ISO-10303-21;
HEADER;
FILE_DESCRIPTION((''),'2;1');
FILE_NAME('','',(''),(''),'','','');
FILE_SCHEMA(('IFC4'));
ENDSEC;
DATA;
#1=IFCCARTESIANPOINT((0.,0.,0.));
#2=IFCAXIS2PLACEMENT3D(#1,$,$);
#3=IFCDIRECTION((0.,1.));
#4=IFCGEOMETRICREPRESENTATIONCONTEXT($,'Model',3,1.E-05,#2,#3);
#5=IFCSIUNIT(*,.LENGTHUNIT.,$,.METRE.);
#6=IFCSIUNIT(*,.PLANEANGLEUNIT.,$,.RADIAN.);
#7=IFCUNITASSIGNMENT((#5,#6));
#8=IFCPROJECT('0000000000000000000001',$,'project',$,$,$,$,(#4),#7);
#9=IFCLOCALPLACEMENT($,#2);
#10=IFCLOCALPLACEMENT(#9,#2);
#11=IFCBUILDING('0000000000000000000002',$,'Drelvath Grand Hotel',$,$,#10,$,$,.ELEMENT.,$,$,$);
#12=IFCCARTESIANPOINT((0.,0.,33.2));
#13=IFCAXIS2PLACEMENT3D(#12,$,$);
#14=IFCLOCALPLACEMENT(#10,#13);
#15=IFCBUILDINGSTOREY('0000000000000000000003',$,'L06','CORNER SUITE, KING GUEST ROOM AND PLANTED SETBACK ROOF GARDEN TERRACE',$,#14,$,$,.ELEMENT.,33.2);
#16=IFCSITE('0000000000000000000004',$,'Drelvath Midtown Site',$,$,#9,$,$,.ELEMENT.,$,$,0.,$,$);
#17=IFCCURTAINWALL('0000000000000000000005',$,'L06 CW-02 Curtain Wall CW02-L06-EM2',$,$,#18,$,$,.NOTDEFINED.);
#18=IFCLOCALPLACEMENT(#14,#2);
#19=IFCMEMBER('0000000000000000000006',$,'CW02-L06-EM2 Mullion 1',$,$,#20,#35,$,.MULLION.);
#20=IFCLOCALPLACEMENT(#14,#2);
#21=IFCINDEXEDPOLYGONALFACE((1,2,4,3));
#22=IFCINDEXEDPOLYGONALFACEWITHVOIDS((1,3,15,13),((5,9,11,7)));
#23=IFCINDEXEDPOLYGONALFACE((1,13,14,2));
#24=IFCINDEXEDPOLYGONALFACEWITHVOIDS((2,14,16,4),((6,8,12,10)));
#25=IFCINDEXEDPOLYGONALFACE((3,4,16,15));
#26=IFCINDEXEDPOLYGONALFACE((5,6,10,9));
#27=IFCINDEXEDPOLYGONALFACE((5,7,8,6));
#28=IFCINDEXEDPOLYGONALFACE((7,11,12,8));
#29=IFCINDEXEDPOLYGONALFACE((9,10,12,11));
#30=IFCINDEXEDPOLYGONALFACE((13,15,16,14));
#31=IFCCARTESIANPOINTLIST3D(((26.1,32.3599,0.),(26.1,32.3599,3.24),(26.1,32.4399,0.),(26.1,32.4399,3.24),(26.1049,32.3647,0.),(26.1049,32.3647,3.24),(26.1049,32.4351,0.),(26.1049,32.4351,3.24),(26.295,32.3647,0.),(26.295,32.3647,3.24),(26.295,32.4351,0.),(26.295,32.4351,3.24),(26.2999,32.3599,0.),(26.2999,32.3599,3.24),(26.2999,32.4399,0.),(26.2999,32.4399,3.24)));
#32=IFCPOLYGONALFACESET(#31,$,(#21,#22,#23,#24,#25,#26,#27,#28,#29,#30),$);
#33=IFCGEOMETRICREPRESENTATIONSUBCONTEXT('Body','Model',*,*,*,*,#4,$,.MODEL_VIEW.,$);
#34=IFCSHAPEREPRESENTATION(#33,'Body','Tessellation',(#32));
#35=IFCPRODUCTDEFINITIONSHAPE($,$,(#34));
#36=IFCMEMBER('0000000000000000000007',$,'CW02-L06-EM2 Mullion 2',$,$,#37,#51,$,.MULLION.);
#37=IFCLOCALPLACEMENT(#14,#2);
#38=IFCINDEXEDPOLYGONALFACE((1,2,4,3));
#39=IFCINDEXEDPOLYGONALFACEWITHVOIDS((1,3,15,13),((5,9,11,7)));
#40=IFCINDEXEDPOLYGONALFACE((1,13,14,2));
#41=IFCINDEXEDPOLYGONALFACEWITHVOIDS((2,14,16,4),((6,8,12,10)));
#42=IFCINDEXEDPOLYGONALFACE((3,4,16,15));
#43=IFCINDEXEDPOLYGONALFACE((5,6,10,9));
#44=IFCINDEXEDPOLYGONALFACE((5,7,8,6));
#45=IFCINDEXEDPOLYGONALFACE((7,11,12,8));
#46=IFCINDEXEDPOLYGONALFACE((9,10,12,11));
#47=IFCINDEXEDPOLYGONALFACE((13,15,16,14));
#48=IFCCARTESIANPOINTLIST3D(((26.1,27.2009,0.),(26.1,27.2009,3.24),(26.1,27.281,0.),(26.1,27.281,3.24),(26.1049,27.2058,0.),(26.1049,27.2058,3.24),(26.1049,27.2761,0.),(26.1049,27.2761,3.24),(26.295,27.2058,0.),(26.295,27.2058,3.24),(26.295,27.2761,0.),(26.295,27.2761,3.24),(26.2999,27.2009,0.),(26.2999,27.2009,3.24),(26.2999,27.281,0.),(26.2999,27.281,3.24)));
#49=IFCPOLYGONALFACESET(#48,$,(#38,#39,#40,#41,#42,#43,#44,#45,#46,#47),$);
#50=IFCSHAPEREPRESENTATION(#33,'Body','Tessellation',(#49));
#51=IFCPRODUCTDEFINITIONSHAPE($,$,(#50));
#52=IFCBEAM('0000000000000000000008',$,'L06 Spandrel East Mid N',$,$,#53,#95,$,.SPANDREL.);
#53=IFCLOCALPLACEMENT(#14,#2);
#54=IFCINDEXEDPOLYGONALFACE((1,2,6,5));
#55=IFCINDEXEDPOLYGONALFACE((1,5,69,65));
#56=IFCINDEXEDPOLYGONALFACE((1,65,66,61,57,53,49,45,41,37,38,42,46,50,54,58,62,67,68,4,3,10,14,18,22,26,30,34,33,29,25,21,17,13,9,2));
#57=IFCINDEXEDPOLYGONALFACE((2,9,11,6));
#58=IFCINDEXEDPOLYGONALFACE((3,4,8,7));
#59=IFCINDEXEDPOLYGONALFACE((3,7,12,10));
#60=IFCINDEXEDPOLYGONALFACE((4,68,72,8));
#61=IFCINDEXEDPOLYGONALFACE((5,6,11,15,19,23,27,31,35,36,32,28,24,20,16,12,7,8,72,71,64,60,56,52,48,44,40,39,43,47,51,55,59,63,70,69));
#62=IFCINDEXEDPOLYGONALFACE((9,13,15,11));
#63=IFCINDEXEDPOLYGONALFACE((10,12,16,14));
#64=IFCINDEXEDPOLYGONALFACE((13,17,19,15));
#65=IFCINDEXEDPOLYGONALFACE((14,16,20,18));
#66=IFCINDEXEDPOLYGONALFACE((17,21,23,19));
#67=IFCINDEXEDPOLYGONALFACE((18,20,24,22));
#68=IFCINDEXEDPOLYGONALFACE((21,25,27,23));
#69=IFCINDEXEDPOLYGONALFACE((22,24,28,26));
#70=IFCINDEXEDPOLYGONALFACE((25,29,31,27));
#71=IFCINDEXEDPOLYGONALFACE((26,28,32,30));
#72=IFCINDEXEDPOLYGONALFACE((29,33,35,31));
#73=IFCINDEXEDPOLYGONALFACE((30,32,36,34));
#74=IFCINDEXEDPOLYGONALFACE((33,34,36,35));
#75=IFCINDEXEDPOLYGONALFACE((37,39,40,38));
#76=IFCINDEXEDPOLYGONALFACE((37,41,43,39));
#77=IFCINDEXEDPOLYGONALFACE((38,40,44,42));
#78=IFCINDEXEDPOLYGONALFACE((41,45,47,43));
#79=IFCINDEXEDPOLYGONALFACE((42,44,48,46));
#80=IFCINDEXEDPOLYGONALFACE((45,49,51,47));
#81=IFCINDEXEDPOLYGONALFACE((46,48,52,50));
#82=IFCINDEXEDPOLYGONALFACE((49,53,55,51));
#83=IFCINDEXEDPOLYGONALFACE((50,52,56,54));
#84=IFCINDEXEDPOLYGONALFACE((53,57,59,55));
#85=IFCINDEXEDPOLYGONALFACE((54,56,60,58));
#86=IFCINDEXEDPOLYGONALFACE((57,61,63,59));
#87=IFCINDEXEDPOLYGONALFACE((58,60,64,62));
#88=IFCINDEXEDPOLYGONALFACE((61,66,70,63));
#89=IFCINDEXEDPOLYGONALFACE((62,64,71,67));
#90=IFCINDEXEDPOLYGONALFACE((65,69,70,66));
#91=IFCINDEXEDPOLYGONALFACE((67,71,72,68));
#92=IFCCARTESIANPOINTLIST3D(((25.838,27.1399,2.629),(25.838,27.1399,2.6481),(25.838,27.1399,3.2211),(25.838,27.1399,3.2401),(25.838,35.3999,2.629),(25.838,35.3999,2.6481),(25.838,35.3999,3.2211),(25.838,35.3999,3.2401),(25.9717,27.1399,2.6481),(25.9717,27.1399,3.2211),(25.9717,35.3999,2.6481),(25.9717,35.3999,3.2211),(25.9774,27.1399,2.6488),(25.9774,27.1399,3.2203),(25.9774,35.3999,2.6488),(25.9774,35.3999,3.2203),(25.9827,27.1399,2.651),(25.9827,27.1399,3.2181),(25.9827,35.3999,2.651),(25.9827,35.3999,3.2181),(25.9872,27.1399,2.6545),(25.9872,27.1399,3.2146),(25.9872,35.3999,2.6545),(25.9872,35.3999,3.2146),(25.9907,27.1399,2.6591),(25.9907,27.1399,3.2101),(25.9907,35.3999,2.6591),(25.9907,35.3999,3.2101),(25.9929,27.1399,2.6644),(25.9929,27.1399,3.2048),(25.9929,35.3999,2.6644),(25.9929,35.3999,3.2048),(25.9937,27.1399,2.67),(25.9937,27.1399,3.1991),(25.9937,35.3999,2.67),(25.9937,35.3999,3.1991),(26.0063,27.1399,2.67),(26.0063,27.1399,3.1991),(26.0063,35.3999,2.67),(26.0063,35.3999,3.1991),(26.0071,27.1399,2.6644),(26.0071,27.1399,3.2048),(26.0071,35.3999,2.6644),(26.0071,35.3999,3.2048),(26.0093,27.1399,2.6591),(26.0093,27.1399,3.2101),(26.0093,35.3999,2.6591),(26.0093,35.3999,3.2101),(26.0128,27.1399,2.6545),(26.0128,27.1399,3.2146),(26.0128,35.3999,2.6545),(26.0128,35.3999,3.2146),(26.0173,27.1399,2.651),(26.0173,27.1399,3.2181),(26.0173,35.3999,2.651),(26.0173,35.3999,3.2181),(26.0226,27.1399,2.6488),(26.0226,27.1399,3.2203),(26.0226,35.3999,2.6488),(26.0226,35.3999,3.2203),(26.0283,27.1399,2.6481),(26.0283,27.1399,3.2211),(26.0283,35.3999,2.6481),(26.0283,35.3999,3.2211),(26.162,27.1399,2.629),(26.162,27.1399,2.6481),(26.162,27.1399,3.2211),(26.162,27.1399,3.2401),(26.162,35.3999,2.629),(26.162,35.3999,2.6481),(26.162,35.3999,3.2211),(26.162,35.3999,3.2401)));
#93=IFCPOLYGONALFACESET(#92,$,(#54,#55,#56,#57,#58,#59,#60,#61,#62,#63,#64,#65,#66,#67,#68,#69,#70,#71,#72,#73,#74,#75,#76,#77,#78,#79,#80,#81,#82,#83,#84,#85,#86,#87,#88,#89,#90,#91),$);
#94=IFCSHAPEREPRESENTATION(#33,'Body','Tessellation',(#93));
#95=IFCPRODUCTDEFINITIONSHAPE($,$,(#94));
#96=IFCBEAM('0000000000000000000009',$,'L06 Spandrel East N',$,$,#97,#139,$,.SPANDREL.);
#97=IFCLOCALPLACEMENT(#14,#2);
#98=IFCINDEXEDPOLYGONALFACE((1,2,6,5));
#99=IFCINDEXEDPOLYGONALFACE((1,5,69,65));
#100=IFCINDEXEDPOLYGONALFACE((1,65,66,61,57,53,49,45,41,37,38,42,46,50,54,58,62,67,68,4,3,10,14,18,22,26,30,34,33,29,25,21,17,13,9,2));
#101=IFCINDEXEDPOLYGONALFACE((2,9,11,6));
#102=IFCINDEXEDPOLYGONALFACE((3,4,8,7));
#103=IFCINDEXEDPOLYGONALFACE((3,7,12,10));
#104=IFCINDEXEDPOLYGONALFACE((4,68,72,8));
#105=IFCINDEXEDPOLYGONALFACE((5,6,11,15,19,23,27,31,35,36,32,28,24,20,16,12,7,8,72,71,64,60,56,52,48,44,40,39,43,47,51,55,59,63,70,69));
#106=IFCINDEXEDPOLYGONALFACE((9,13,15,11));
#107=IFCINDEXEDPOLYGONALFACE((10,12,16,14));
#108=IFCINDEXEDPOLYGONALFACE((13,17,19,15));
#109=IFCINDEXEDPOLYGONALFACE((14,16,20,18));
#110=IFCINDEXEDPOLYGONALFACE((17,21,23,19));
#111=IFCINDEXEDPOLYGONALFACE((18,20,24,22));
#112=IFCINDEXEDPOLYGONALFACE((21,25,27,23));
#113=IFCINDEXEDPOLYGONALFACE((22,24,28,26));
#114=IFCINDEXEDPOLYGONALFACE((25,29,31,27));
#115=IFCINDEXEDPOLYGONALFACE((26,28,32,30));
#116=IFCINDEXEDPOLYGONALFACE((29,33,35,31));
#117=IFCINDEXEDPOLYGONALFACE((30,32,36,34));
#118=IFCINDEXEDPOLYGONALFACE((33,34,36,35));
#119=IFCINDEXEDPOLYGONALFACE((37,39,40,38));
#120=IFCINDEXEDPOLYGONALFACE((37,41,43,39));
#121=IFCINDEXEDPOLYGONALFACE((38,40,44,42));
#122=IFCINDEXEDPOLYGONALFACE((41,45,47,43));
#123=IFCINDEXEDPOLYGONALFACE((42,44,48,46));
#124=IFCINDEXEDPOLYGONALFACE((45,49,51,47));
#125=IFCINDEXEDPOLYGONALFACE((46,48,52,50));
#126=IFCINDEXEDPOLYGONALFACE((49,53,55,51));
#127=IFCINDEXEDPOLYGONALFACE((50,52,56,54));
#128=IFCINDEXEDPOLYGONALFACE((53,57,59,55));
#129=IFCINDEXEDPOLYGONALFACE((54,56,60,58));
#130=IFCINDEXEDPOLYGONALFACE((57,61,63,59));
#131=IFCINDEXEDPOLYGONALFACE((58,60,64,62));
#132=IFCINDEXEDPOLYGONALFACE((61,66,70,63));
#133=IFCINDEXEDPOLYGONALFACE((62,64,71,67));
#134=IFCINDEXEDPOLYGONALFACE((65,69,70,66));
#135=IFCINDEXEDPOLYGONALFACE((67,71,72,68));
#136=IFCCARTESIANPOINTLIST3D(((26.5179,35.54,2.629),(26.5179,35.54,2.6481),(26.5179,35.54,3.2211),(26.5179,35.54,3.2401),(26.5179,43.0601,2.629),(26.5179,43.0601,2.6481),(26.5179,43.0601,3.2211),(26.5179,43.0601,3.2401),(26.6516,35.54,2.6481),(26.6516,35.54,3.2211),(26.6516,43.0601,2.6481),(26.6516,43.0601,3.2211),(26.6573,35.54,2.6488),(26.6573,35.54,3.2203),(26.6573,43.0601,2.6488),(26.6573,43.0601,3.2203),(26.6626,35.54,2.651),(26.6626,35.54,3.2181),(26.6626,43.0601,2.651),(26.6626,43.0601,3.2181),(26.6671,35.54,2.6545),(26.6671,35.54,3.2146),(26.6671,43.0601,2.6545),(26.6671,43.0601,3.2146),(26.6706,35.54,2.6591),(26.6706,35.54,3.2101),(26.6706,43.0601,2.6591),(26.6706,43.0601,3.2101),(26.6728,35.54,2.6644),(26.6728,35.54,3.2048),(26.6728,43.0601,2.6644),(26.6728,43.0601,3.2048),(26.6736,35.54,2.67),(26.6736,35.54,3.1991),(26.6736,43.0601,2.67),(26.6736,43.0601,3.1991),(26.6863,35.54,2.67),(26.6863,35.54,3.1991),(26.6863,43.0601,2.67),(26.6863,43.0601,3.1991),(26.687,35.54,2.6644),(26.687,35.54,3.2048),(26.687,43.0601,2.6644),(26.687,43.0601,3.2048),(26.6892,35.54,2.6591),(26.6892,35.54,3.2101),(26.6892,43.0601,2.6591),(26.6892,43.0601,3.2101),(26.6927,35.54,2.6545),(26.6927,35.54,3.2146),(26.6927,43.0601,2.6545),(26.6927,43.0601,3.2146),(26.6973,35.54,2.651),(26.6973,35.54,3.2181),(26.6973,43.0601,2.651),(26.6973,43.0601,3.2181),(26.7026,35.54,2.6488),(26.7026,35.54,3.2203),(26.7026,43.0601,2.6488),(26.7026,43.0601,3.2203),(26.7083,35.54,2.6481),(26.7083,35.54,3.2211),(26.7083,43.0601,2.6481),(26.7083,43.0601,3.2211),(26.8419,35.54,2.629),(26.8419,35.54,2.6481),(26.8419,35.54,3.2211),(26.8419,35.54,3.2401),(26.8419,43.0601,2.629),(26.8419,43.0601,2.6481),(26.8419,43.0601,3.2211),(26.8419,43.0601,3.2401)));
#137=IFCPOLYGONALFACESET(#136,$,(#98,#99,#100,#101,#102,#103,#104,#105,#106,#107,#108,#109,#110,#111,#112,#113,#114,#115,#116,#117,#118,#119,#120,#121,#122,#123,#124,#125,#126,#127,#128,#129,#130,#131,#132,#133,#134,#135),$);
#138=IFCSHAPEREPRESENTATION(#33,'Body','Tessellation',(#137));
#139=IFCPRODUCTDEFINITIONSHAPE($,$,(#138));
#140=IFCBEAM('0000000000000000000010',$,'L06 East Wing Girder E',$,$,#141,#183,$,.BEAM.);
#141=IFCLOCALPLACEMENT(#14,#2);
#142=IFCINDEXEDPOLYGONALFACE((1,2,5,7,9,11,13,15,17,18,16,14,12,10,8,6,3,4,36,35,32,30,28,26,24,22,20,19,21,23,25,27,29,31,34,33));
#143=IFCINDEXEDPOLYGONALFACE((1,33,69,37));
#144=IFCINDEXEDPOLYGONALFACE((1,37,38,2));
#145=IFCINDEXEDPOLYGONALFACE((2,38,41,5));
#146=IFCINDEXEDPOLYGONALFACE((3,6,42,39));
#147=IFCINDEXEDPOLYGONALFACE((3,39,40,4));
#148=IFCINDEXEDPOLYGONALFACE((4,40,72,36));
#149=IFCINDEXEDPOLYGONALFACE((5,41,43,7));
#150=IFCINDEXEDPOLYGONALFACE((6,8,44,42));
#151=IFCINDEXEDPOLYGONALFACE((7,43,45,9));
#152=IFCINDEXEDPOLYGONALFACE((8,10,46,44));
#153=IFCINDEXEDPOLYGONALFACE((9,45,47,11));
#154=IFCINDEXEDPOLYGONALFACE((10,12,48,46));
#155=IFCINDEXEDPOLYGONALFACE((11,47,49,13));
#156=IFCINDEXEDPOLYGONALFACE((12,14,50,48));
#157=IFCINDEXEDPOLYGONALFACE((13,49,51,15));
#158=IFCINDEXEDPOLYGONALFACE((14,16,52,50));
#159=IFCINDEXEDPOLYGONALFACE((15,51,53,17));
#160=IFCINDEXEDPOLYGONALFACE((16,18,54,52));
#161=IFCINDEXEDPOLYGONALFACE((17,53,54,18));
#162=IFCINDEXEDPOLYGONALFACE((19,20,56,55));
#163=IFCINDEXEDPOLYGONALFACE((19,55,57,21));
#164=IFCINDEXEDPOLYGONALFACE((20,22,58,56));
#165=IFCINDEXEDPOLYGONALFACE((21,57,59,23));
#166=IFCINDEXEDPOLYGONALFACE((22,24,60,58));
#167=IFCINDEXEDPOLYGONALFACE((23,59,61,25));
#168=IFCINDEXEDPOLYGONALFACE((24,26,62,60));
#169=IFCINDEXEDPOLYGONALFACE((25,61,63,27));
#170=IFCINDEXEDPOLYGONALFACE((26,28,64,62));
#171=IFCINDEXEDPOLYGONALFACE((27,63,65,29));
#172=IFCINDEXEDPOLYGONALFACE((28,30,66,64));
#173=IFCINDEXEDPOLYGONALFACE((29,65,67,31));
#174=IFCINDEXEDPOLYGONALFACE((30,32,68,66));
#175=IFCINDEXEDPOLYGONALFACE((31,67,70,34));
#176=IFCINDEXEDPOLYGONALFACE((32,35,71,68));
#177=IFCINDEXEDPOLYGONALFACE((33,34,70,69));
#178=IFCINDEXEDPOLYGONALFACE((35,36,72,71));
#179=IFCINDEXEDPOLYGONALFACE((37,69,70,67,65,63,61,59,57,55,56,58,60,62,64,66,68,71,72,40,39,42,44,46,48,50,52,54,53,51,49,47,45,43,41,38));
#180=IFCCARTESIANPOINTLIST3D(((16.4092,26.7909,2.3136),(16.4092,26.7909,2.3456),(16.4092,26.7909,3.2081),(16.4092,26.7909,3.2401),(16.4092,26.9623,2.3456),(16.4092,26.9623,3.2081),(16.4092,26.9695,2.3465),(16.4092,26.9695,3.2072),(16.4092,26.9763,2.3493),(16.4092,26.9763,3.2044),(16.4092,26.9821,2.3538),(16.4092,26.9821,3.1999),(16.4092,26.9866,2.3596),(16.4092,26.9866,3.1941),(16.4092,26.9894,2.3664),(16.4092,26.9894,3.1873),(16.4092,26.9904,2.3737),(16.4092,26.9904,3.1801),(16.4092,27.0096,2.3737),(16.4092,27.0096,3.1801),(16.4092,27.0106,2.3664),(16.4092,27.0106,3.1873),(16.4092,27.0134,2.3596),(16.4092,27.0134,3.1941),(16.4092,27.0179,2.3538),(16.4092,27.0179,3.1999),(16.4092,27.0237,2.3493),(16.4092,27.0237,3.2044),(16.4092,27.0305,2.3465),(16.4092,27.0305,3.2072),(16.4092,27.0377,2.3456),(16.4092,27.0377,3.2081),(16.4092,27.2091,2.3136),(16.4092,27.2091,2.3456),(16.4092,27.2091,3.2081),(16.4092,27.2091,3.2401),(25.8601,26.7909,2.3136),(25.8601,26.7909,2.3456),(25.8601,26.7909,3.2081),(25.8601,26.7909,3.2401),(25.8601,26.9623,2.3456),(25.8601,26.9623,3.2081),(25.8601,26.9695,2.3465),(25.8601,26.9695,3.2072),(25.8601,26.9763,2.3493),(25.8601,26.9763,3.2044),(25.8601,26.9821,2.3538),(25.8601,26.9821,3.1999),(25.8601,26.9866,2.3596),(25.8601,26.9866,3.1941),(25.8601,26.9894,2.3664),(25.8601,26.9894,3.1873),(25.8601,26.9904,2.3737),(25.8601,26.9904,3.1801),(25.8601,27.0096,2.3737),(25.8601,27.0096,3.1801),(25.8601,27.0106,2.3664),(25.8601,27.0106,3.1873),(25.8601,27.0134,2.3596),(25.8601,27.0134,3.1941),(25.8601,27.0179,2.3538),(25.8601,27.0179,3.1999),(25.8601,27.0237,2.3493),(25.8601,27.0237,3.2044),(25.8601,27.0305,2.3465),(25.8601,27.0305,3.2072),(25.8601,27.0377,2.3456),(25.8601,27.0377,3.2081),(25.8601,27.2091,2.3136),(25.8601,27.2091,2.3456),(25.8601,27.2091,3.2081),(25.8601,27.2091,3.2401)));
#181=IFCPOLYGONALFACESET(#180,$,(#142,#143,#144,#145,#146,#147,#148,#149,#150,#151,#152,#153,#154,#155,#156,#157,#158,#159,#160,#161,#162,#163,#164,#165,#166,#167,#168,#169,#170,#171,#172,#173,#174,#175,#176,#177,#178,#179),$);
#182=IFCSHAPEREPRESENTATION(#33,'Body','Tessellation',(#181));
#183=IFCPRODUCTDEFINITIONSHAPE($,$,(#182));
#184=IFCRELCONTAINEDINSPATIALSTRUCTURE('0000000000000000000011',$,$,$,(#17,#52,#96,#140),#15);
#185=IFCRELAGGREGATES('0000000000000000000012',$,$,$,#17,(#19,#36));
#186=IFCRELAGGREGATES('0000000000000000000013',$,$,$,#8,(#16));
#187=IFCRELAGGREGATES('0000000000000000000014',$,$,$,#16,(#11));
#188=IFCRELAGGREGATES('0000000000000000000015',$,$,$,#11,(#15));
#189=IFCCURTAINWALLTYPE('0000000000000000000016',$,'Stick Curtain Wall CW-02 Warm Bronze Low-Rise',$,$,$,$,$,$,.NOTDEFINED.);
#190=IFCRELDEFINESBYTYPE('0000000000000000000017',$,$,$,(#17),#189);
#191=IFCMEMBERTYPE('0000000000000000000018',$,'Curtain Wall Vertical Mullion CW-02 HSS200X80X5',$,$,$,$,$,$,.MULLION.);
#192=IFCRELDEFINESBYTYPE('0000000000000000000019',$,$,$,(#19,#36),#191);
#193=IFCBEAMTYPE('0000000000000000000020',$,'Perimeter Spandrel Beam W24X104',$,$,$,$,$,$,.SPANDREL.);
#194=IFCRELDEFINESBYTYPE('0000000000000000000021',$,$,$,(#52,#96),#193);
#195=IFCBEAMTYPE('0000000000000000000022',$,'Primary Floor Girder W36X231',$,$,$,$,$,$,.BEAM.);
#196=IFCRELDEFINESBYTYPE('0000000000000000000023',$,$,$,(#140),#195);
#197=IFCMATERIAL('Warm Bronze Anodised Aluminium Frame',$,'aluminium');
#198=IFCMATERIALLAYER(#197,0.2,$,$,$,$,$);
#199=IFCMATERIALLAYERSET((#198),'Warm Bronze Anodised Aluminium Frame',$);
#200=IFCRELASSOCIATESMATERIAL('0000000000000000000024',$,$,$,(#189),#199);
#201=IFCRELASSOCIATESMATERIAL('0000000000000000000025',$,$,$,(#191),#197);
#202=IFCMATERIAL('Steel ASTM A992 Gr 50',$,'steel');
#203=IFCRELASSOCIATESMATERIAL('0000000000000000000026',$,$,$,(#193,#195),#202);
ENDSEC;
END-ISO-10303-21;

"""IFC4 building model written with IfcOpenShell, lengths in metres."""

from ifc_helpers import new_model, si_unit, direction, frame, origin, origin_2d, place, context, subcontext, project, spatial, hollow_rectangle, i_section, extrude, material, layer, layer_set, material_profile, profile_set, type_object, element, aggregate, save


model = new_model("IFC4")

# Units and contexts
model_context = context("Model", 3, precision=1e-05, world=origin(), true_north=direction((0.0, 1.0)))
body_context = subcontext(model_context, "Body", "Model", "MODEL_VIEW")
ifc_project = project(units=[si_unit("LENGTHUNIT", "METRE"), si_unit("PLANEANGLEUNIT", "RADIAN")], contexts=[model_context])

# Site, building, storey
site_placement = place(None, origin())
site = spatial("IfcSite", under=ifc_project, at=site_placement, Name="Drelvath Midtown Site", CompositionType="ELEMENT", RefElevation=0.0)
building_placement = place(site_placement, origin())
building = spatial("IfcBuilding", under=site, at=building_placement, Name="Drelvath Grand Hotel", CompositionType="ELEMENT")
storey_placement = place(building_placement, frame((0.0, 0.0, 33.2)))
storey = spatial("IfcBuildingStorey", under=building, at=storey_placement, Name="L06", Description="CORNER SUITE, KING GUEST ROOM AND PLANTED SETBACK ROOF GARDEN TERRACE", CompositionType="ELEMENT", Elevation=33.2)

# Curtain wall
ifc_material_1 = material(Name="Warm Bronze Anodised Aluminium Frame", Category="aluminium")
ifc_layer_1 = layer(ifc_material_1, 0.2)
ifc_layer_set_1 = layer_set([ifc_layer_1], Name="Warm Bronze Anodised Aluminium Frame")
curtain_wall_type = type_object("IfcCurtainWallType", Name="Stick Curtain Wall CW-02 Warm Bronze Low-Rise", PredefinedType="NOTDEFINED", material=ifc_layer_set_1)
curtain_wall_1_placement = place(storey_placement, origin())
curtain_wall_1 = element("IfcCurtainWall", 1, at=curtain_wall_1_placement, inside=storey, type_object=curtain_wall_type, Name="L06 CW-02 Curtain Wall CW02-L06-EM2", PredefinedType="NOTDEFINED")

# Shared definitions
ifc_material_profile_1 = material_profile(ifc_material_1, hollow_rectangle(XDim=0.0801, YDim=0.2, WallThickness=0.0049, at=origin_2d()), Name="HSS200X80X5")
ifc_profile_set_1 = profile_set([ifc_material_profile_1], Name="Warm Bronze Anodised Aluminium Frame")
member_type_1 = type_object("IfcMemberType", Name="Curtain Wall Vertical Mullion CW-02 HSS200X80X5", PredefinedType="MULLION", material=ifc_profile_set_1)

# Members
member_1_placement = place(storey_placement, frame((26.2, 32.3999, 0.0), z_axis=(0.0, 0.0, 1.0), x_axis=(0.0, 1.0, 0.0)))
member_1 = element("IfcMember", 2, at=member_1_placement, type_object=member_type_1, Name="CW02-L06-EM2 Mullion 1", PredefinedType="MULLION", context=body_context, shape_type="SweptSolid", body=[
    extrude(hollow_rectangle(XDim=0.0801, YDim=0.2, WallThickness=0.0049, at=origin_2d()), origin(), (0.0, 0.0, 1.0), 3.24),
])
member_2_placement = place(storey_placement, frame((26.2, 27.241, 0.0), z_axis=(0.0, 0.0, 1.0), x_axis=(0.0, 1.0, 0.0)))
member_2 = element("IfcMember", 3, at=member_2_placement, type_object=member_type_1, Name="CW02-L06-EM2 Mullion 2", PredefinedType="MULLION", context=body_context, shape_type="SweptSolid", body=[
    extrude(hollow_rectangle(XDim=0.0801, YDim=0.2, WallThickness=0.0049, at=origin_2d()), origin(), (0.0, 0.0, 1.0), 3.24),
])

# Beams
ifc_material_2 = material(Name="Steel ASTM A992 Gr 50", Category="steel")
ifc_material_profile_2 = material_profile(ifc_material_2, i_section(OverallWidth=0.324, OverallDepth=0.6111, WebThickness=0.0127, FlangeThickness=0.019, FilletRadius=0.022, at=origin_2d()), Name="W24X104")
ifc_profile_set_2 = profile_set([ifc_material_profile_2], Name="Steel ASTM A992 Gr 50")
beam_type_1 = type_object("IfcBeamType", Name="Perimeter Spandrel Beam W24X104", PredefinedType="SPANDREL", material=ifc_profile_set_2)
beam_1_placement = place(storey_placement, frame((26.0, 27.1399, 2.9346), z_axis=(0.0, 1.0, 0.0), x_axis=(-1.0, 0.0, 0.0)))
element("IfcBeam", 4, at=beam_1_placement, inside=storey, type_object=beam_type_1, Name="L06 Spandrel East Mid N", PredefinedType="SPANDREL", context=body_context, shape_type="SweptSolid", body=[
    extrude(i_section(OverallWidth=0.324, OverallDepth=0.6111, WebThickness=0.0127, FlangeThickness=0.019, FilletRadius=0.022, at=origin_2d()), origin(), (0.0, 0.0, 1.0), 8.26),
])
beam_2_placement = place(storey_placement, frame((26.6799, 35.54, 2.9346), z_axis=(0.0, 1.0, 0.0), x_axis=(-1.0, 0.0, 0.0)))
element("IfcBeam", 5, at=beam_2_placement, inside=storey, type_object=beam_type_1, Name="L06 Spandrel East N", PredefinedType="SPANDREL", context=body_context, shape_type="SweptSolid", body=[
    extrude(i_section(OverallWidth=0.324, OverallDepth=0.6111, WebThickness=0.0127, FlangeThickness=0.019, FilletRadius=0.022, at=origin_2d()), origin(), (0.0, 0.0, 1.0), 7.52),
])
ifc_material_profile_3 = material_profile(ifc_material_2, i_section(OverallWidth=0.4182, OverallDepth=0.9265, WebThickness=0.0193, FlangeThickness=0.032, FilletRadius=0.0281, at=origin_2d()), Name="W36X231")
ifc_profile_set_3 = profile_set([ifc_material_profile_3], Name="Steel ASTM A992 Gr 50")
beam_type_2 = type_object("IfcBeamType", Name="Primary Floor Girder W36X231", PredefinedType="BEAM", material=ifc_profile_set_3)
beam_3_placement = place(storey_placement, frame((16.4092, 27.0, 2.7769), z_axis=(1.0, 0.0, 0.0), x_axis=(0.0, 1.0, 0.0)))
element("IfcBeam", 6, at=beam_3_placement, inside=storey, type_object=beam_type_2, Name="L06 East Wing Girder E", PredefinedType="BEAM", context=body_context, shape_type="SweptSolid", body=[
    extrude(i_section(OverallWidth=0.4182, OverallDepth=0.9265, WebThickness=0.0193, FlangeThickness=0.032, FilletRadius=0.0281, at=origin_2d()), origin(), (0.0, 0.0, 1.0), 9.4509),
])

aggregate(curtain_wall_1, [member_1, member_2])

save(model, "model.ifc")
